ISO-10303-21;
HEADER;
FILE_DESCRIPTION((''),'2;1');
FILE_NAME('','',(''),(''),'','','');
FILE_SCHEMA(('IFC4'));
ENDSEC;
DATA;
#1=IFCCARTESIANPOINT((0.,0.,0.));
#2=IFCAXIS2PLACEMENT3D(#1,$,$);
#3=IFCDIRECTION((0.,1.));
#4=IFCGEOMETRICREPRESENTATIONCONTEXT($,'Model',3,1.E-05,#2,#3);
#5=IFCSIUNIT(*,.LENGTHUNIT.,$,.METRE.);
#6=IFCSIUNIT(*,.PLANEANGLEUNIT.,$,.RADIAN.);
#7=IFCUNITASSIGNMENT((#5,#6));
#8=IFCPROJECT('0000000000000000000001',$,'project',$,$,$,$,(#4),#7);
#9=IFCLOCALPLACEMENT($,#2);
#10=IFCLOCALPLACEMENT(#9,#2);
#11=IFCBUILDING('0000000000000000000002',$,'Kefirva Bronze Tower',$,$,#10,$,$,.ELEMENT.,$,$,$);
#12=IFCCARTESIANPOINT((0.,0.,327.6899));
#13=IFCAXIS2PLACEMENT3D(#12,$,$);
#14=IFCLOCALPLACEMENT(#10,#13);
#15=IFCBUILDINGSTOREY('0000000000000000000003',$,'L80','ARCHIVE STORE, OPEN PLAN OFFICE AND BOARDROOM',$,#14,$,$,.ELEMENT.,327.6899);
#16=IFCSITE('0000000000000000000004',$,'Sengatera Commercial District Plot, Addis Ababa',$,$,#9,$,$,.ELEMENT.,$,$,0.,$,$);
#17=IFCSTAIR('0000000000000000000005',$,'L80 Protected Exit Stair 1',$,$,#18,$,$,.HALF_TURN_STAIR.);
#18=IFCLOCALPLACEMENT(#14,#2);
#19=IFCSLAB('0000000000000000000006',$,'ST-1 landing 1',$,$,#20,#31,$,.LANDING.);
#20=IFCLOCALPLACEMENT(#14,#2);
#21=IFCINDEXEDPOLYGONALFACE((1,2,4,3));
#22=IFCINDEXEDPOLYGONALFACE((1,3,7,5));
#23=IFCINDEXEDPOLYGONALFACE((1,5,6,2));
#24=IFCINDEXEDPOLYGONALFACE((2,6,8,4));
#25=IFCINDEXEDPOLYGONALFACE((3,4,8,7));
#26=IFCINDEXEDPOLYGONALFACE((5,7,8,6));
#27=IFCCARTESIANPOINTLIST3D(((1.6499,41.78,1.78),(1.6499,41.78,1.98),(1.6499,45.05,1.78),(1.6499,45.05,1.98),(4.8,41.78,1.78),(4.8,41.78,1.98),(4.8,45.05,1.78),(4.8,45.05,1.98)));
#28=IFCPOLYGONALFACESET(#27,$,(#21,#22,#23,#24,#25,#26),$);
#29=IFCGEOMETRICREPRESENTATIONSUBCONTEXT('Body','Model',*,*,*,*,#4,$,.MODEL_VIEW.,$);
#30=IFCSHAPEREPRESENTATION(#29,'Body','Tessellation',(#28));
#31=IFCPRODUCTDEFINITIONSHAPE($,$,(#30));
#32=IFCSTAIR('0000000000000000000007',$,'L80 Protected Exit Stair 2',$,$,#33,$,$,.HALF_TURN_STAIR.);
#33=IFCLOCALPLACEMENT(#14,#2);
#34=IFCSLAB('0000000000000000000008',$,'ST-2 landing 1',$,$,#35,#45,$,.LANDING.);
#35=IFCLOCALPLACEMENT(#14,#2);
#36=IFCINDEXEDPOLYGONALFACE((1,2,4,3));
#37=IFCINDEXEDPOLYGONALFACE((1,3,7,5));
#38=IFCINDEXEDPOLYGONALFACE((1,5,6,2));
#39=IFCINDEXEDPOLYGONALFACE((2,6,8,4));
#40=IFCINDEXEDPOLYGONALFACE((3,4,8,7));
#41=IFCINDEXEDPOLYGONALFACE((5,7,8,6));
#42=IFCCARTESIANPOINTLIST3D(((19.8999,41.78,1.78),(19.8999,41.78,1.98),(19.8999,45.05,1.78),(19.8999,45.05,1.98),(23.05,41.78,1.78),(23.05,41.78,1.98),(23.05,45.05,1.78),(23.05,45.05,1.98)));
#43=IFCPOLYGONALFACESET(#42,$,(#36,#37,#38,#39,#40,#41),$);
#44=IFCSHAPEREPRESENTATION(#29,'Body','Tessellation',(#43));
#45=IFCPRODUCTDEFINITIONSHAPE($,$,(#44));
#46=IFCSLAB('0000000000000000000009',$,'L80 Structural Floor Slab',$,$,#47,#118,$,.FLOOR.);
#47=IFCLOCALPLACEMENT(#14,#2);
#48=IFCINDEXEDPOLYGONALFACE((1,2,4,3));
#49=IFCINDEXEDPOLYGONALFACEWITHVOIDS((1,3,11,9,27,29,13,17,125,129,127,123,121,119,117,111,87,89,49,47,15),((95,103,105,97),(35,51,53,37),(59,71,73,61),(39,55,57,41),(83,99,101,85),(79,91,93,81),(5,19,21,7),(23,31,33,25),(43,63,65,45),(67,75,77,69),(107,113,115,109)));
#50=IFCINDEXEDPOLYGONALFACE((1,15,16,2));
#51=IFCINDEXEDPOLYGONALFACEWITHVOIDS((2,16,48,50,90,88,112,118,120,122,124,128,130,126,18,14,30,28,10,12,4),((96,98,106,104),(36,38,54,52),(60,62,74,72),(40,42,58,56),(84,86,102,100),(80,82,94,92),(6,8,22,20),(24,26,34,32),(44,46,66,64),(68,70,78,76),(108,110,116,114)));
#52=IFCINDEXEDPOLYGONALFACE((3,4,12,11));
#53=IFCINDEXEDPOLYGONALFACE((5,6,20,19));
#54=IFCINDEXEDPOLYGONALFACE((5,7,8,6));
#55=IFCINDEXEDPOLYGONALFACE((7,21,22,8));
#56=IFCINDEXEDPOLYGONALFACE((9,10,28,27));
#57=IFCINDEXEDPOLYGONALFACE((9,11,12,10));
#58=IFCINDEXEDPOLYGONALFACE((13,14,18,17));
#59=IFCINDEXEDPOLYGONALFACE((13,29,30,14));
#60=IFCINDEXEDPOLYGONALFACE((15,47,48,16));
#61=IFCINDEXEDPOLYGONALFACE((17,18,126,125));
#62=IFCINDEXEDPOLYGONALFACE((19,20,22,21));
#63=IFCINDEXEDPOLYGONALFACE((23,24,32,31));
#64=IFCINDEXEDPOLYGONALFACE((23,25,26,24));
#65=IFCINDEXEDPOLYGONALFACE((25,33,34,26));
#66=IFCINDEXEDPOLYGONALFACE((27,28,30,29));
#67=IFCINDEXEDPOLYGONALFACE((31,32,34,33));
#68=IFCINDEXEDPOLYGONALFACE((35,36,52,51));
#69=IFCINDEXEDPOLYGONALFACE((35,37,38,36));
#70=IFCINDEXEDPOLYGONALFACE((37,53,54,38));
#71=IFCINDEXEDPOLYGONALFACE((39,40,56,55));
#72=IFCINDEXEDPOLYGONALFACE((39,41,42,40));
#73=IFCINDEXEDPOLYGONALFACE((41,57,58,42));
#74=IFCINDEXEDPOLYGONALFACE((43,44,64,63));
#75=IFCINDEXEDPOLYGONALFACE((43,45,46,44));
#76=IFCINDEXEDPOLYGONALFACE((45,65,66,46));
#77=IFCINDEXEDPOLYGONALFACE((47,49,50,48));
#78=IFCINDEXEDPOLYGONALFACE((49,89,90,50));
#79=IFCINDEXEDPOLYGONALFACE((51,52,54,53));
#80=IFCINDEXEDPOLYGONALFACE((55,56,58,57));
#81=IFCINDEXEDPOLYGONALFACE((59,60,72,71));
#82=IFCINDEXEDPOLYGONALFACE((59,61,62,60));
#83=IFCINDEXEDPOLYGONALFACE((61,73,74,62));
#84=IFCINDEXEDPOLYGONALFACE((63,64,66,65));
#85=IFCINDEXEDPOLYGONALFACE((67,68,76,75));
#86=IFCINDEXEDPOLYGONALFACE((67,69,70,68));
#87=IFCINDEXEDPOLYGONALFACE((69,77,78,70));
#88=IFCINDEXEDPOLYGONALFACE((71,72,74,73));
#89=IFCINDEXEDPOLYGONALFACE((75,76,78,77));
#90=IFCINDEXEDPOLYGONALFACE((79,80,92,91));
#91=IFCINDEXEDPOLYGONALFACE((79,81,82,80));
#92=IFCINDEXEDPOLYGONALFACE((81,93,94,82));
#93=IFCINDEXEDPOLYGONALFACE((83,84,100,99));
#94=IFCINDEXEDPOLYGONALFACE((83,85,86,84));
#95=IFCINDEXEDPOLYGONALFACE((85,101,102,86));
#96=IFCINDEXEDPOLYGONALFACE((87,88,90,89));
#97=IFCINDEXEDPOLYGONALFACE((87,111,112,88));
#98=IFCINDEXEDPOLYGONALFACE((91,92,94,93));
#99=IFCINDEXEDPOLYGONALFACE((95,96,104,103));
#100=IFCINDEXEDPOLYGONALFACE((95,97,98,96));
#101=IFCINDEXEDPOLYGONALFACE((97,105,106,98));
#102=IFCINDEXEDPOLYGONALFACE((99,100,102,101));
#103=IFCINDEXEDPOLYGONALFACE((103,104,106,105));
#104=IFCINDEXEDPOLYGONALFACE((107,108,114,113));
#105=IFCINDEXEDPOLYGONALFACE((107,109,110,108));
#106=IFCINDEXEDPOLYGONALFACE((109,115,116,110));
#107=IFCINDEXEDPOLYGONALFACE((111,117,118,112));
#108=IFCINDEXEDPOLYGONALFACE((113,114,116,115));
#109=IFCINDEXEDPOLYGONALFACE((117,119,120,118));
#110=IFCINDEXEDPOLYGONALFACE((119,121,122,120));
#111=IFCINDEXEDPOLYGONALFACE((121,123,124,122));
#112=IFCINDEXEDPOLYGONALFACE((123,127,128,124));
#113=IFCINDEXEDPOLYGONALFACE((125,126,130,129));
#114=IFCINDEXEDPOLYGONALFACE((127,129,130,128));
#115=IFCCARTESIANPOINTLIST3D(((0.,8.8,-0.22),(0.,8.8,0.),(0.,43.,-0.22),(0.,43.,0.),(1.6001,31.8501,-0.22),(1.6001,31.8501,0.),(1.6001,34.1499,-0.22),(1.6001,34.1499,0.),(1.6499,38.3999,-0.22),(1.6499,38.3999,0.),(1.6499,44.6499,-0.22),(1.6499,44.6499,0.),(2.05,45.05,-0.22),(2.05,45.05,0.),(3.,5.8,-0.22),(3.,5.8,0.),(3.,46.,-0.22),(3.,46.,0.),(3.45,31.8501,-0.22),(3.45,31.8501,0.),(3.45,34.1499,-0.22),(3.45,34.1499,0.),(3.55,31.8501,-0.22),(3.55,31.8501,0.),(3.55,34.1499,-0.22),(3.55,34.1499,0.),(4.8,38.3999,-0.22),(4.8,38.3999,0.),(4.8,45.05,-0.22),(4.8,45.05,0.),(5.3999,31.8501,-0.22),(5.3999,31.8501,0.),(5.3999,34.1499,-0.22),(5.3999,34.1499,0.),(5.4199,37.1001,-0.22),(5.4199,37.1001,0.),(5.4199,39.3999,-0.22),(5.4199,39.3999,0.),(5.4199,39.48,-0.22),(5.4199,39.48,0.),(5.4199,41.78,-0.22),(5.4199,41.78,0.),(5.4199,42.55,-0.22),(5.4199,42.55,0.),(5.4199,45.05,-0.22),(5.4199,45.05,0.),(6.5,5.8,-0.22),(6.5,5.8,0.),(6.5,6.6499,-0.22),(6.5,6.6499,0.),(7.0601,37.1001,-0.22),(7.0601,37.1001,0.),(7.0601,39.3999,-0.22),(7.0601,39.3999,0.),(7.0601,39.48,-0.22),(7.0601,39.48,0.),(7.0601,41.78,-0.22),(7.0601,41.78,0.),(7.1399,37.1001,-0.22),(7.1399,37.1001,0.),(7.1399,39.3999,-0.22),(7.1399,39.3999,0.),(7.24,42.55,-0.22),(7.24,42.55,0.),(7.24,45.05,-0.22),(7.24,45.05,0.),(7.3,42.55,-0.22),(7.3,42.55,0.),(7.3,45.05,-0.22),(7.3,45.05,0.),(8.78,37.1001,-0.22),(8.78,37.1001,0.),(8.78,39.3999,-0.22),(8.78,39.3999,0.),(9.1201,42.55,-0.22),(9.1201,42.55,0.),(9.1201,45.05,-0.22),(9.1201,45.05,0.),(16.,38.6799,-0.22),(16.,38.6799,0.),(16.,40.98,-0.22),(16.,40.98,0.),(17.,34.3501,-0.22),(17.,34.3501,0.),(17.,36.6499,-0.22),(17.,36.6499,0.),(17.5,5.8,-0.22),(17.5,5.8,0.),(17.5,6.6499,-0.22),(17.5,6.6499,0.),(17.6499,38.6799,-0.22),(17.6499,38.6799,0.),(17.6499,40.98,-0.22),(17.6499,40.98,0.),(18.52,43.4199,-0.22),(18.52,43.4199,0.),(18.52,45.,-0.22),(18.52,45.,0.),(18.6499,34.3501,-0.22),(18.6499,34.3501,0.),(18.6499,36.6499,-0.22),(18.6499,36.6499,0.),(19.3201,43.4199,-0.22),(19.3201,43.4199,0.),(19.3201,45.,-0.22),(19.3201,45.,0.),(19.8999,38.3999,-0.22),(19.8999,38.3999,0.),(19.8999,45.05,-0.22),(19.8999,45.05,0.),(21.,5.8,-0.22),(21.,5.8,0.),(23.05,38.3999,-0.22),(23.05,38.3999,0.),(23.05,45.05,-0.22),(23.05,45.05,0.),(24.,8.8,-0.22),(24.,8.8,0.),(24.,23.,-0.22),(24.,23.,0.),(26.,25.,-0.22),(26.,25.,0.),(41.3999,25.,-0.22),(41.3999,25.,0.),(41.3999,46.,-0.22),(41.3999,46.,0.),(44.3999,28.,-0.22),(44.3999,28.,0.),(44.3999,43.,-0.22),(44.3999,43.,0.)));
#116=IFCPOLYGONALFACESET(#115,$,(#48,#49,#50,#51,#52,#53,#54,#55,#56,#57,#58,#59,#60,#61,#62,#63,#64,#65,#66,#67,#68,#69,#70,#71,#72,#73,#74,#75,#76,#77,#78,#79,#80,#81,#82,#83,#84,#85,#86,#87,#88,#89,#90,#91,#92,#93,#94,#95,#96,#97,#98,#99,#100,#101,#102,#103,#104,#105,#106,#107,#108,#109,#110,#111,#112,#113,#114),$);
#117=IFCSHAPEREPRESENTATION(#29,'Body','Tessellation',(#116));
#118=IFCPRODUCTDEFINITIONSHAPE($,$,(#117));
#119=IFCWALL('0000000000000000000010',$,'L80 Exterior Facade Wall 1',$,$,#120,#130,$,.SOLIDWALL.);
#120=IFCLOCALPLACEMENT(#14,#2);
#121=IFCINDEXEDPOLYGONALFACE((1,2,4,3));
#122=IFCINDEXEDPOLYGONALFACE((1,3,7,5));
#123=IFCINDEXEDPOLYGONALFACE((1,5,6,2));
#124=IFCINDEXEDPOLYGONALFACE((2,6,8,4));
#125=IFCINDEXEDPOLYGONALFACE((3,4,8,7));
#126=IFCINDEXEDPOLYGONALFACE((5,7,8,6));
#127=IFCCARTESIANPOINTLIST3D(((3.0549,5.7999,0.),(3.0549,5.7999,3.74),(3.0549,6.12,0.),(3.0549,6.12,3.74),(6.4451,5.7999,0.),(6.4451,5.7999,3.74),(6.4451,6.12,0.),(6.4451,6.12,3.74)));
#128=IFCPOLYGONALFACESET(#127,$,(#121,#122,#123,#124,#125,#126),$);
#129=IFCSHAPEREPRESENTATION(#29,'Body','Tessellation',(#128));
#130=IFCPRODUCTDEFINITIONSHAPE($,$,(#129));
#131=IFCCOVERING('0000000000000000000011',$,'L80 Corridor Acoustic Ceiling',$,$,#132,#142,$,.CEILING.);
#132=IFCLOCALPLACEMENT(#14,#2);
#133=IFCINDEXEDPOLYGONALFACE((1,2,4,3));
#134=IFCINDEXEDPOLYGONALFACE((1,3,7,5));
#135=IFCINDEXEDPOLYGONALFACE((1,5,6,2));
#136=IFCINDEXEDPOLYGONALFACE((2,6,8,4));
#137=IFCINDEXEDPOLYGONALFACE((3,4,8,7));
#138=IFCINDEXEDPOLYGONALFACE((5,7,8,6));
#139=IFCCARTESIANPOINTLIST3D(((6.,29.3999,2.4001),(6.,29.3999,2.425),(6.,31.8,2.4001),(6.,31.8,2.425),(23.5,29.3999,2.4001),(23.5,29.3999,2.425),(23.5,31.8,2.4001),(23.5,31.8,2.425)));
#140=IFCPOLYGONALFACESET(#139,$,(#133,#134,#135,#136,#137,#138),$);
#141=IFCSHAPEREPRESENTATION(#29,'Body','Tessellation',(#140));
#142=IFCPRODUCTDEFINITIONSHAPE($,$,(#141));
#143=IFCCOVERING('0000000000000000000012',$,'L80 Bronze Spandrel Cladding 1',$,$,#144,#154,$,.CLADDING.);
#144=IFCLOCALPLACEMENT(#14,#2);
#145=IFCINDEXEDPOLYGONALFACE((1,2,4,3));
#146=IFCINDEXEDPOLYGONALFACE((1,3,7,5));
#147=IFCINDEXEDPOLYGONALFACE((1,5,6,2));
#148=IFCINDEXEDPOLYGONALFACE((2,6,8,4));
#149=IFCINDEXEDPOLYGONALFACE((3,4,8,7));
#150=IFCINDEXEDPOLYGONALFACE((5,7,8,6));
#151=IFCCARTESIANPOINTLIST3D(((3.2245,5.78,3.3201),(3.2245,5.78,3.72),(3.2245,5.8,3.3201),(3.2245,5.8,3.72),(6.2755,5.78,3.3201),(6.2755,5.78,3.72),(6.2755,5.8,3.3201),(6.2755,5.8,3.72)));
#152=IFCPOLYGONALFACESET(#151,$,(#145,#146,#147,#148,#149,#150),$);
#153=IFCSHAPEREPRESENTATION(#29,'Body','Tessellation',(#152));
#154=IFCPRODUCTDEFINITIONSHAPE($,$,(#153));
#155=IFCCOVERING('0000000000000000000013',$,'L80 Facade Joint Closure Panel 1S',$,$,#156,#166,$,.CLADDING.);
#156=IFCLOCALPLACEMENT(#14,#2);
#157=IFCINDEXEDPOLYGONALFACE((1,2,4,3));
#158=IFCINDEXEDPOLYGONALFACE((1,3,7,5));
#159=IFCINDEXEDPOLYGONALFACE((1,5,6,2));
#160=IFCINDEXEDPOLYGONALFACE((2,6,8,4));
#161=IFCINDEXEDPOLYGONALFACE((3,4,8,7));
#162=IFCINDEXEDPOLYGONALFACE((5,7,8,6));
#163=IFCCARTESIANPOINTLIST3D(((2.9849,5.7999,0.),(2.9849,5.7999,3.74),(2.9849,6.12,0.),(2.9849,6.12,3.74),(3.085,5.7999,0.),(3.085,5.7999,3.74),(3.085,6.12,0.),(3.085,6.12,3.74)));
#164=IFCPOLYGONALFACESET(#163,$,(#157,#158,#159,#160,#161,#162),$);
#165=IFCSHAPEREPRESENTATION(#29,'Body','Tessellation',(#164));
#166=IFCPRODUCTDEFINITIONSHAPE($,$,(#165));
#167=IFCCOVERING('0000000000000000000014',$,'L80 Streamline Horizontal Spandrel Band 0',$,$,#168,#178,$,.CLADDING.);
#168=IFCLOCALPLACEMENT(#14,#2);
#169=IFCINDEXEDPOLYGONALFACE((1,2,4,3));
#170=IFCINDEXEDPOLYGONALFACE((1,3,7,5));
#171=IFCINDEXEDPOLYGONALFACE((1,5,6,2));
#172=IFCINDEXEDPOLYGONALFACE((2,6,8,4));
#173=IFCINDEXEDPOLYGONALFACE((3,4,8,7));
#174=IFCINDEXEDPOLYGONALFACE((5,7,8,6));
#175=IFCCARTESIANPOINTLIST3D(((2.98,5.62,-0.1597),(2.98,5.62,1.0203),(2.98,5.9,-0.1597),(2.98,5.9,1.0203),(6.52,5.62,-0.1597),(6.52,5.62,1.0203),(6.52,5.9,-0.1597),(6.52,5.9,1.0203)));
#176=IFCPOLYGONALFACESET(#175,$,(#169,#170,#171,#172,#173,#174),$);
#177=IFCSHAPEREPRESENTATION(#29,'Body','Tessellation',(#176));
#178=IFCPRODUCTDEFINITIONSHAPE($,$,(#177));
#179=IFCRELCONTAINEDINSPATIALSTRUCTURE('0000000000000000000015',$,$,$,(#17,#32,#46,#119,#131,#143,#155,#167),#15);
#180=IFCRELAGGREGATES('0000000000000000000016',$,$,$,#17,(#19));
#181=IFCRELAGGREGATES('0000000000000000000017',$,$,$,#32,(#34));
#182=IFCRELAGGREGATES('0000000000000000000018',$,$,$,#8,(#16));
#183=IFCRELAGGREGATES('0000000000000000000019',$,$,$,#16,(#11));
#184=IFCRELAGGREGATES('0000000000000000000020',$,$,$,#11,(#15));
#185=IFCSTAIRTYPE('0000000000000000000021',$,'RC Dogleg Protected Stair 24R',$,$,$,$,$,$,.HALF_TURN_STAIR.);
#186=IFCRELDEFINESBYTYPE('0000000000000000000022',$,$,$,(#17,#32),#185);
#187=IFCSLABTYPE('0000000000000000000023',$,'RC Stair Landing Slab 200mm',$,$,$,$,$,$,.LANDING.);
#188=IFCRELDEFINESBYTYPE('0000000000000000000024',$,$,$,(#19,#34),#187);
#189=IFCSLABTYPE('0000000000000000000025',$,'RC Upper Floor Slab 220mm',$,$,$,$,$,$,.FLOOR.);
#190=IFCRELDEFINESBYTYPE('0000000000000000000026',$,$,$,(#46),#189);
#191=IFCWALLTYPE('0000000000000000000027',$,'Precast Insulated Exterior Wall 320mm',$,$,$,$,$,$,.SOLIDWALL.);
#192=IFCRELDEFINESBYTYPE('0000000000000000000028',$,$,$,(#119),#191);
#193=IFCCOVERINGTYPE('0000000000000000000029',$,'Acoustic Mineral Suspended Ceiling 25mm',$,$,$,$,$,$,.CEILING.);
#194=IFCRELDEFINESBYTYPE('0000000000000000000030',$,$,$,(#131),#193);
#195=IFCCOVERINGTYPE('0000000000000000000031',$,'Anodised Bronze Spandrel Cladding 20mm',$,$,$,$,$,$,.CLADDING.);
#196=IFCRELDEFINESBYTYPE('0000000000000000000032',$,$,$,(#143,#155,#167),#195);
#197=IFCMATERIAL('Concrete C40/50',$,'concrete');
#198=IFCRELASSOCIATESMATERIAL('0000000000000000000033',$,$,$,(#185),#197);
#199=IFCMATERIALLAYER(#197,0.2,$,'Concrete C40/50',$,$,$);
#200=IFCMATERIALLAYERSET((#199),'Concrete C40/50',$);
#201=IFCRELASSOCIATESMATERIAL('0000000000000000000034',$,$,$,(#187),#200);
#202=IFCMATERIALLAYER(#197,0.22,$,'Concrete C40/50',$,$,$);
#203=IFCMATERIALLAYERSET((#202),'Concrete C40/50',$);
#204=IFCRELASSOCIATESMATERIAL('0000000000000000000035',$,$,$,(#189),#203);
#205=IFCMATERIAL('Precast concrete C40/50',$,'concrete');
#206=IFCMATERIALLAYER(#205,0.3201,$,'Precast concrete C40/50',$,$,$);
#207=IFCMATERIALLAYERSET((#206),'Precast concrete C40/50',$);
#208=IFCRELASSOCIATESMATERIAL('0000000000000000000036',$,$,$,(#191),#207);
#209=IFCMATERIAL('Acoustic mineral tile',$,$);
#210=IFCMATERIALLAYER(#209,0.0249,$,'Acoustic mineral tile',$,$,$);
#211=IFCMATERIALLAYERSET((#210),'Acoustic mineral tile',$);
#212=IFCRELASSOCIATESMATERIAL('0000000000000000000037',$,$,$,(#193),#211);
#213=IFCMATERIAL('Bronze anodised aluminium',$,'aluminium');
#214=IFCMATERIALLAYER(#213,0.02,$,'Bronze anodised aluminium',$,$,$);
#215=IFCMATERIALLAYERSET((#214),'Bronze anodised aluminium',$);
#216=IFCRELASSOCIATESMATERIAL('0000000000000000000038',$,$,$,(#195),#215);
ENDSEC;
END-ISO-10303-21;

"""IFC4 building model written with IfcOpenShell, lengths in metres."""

from ifc_helpers import new_model, si_unit, direction, frame, frame_2d, origin, origin_2d, place, context, subcontext, project, spatial, polyline, rectangle, outline, extrude, material, layer, layer_set, type_object, element, aggregate, save


model = new_model("IFC4")

# Units and contexts
model_context = context("Model", 3, precision=1e-05, world=origin(), true_north=direction((0.0, 1.0)))
body_context = subcontext(model_context, "Body", "Model", "MODEL_VIEW")
ifc_project = project(units=[si_unit("LENGTHUNIT", "METRE"), si_unit("PLANEANGLEUNIT", "RADIAN")], contexts=[model_context])

# Site, building, storey
site_placement = place(None, origin())
site = spatial("IfcSite", under=ifc_project, at=site_placement, Name="Sengatera Commercial District Plot, Addis Ababa", CompositionType="ELEMENT", RefElevation=0.0)
building_placement = place(site_placement, origin())
building = spatial("IfcBuilding", under=site, at=building_placement, Name="Kefirva Bronze Tower", CompositionType="ELEMENT")
storey_placement = place(building_placement, frame((0.0, 0.0, 327.6899)))
storey = spatial("IfcBuildingStorey", under=building, at=storey_placement, Name="L80", Description="ARCHIVE STORE, OPEN PLAN OFFICE AND BOARDROOM", CompositionType="ELEMENT", Elevation=327.6899)

# Stairs, slabs
ifc_material_1 = material(Name="Concrete C40/50", Category="concrete")
stair_type = type_object("IfcStairType", Name="RC Dogleg Protected Stair 24R", PredefinedType="HALF_TURN_STAIR", material=ifc_material_1)
stair_1_placement = place(storey_placement, origin())
stair_1 = element("IfcStair", 1, at=stair_1_placement, inside=storey, type_object=stair_type, Name="L80 Protected Exit Stair 1", PredefinedType="HALF_TURN_STAIR")
ifc_layer_1 = layer(ifc_material_1, 0.2, Name="Concrete C40/50")
ifc_layer_set_1 = layer_set([ifc_layer_1], Name="Concrete C40/50")
slab_type_1 = type_object("IfcSlabType", Name="RC Stair Landing Slab 200mm", PredefinedType="LANDING", material=ifc_layer_set_1)
slab_1_placement = place(storey_placement, frame((0.0, 0.0, 1.78)))
slab_1 = element("IfcSlab", 2, at=slab_1_placement, type_object=slab_type_1, Name="ST-1 landing 1", PredefinedType="LANDING", context=body_context, shape_type="SweptSolid", body=[
    extrude(outline(polyline([(4.8, 41.78), (4.8, 45.05), (1.6499, 45.05), (1.6499, 41.78), (4.8, 41.78)])), origin(), (0.0, 0.0, 1.0), 0.2),
])
aggregate(stair_1, [slab_1])
stair_2_placement = place(storey_placement, origin())
stair_2 = element("IfcStair", 3, at=stair_2_placement, inside=storey, type_object=stair_type, Name="L80 Protected Exit Stair 2", PredefinedType="HALF_TURN_STAIR")
slab_2_placement = place(storey_placement, frame((0.0, 0.0, 1.78)))
slab_2 = element("IfcSlab", 4, at=slab_2_placement, type_object=slab_type_1, Name="ST-2 landing 1", PredefinedType="LANDING", context=body_context, shape_type="SweptSolid", body=[
    extrude(outline(polyline([(23.05, 41.78), (23.05, 45.05), (19.8999, 45.05), (19.8999, 41.78), (23.05, 41.78)])), origin(), (0.0, 0.0, 1.0), 0.2),
])
aggregate(stair_2, [slab_2])

# Slab
ifc_layer_2 = layer(ifc_material_1, 0.22, Name="Concrete C40/50")
ifc_layer_set_2 = layer_set([ifc_layer_2], Name="Concrete C40/50")
slab_type_2 = type_object("IfcSlabType", Name="RC Upper Floor Slab 220mm", PredefinedType="FLOOR", material=ifc_layer_set_2)
slab_3_placement = place(storey_placement, frame((0.0, 0.0, -0.22)))
element("IfcSlab", 5, at=slab_3_placement, inside=storey, type_object=slab_type_2, Name="L80 Structural Floor Slab", PredefinedType="FLOOR", context=body_context, shape_type="SweptSolid", body=[
    extrude(outline(polyline([(0.0, 8.8), (0.0, 43.0), (1.6499, 44.6499), (1.6499, 38.3999), (4.8, 38.3999), (4.8, 45.05), (2.05, 45.05), (3.0, 46.0), (41.3999, 46.0), (44.3999, 43.0), (44.3999, 28.0), (41.3999, 25.0), (26.0, 25.0), (24.0, 23.0), (24.0, 8.8), (21.0, 5.8), (17.5, 5.8), (17.5, 6.6499), (6.5, 6.6499), (6.5, 5.8), (3.0, 5.8), (0.0, 8.8)]), holes=[polyline([(23.05, 45.05), (19.8999, 45.05), (19.8999, 38.3999), (23.05, 38.3999), (23.05, 45.05)]), polyline([(19.3201, 43.4199), (19.3201, 45.0), (18.52, 45.0), (18.52, 43.4199), (19.3201, 43.4199)]), polyline([(18.6499, 36.6499), (17.0, 36.6499), (17.0, 34.3501), (18.6499, 34.3501), (18.6499, 36.6499)]), polyline([(17.6499, 38.6799), (17.6499, 40.98), (16.0, 40.98), (16.0, 38.6799), (17.6499, 38.6799)]), polyline([(9.1201, 42.55), (9.1201, 45.05), (7.3, 45.05), (7.3, 42.55), (9.1201, 42.55)]), polyline([(8.78, 37.1001), (8.78, 39.3999), (7.1399, 39.3999), (7.1399, 37.1001), (8.78, 37.1001)]), polyline([(7.24, 42.55), (7.24, 45.05), (5.4199, 45.05), (5.4199, 42.55), (7.24, 42.55)]), polyline([(7.0601, 37.1001), (7.0601, 39.3999), (5.4199, 39.3999), (5.4199, 37.1001), (7.0601, 37.1001)]), polyline([(7.0601, 41.78), (5.4199, 41.78), (5.4199, 39.48), (7.0601, 39.48), (7.0601, 41.78)]), polyline([(5.3999, 31.8501), (5.3999, 34.1499), (3.55, 34.1499), (3.55, 31.8501), (5.3999, 31.8501)]), polyline([(3.45, 34.1499), (1.6001, 34.1499), (1.6001, 31.8501), (3.45, 31.8501), (3.45, 34.1499)])]), origin(), (0.0, 0.0, 1.0), 0.22),
])

# Wall
ifc_material_2 = material(Name="Precast concrete C40/50", Category="concrete")
ifc_layer_3 = layer(ifc_material_2, 0.3201, Name="Precast concrete C40/50")
ifc_layer_set_3 = layer_set([ifc_layer_3], Name="Precast concrete C40/50")
wall_type = type_object("IfcWallType", Name="Precast Insulated Exterior Wall 320mm", PredefinedType="SOLIDWALL", material=ifc_layer_set_3)
wall_placement = place(storey_placement, frame((3.0549, 5.96, 0.0), z_axis=(0.0, 0.0, 1.0), x_axis=(1.0, 0.0, 0.0)))
element("IfcWall", 6, at=wall_placement, inside=storey, type_object=wall_type, Name="L80 Exterior Facade Wall 1", PredefinedType="SOLIDWALL", context=body_context, shape_type="SweptSolid", body=[
    extrude(rectangle(XDim=3.3901, YDim=0.3201, at=frame_2d((1.6951, 0.0))), origin(), (0.0, 0.0, 1.0), 3.74),
])

# Coverings
ifc_material_3 = material(Name="Acoustic mineral tile")
ifc_layer_4 = layer(ifc_material_3, 0.0249, Name="Acoustic mineral tile")
ifc_layer_set_4 = layer_set([ifc_layer_4], Name="Acoustic mineral tile")
covering_type_1 = type_object("IfcCoveringType", Name="Acoustic Mineral Suspended Ceiling 25mm", PredefinedType="CEILING", material=ifc_layer_set_4)
covering_1_placement = place(storey_placement, frame((0.0, 0.0, 2.4001)))
element("IfcCovering", 7, at=covering_1_placement, inside=storey, type_object=covering_type_1, Name="L80 Corridor Acoustic Ceiling", PredefinedType="CEILING", context=body_context, shape_type="SweptSolid", body=[
    extrude(outline(polyline([(6.0, 29.3999), (23.5, 29.3999), (23.5, 31.8), (6.0, 31.8), (6.0, 29.3999)])), origin(), (0.0, 0.0, 1.0), 0.0249),
])
ifc_material_4 = material(Name="Bronze anodised aluminium", Category="aluminium")
ifc_layer_5 = layer(ifc_material_4, 0.02, Name="Bronze anodised aluminium")
ifc_layer_set_5 = layer_set([ifc_layer_5], Name="Bronze anodised aluminium")
covering_type_2 = type_object("IfcCoveringType", Name="Anodised Bronze Spandrel Cladding 20mm", PredefinedType="CLADDING", material=ifc_layer_set_5)
covering_2_placement = place(storey_placement, frame((4.75, 5.79, 3.3201), z_axis=(0.0, 0.0, 1.0), x_axis=(1.0, 0.0, 0.0)))
element("IfcCovering", 8, at=covering_2_placement, inside=storey, type_object=covering_type_2, Name="L80 Bronze Spandrel Cladding 1", PredefinedType="CLADDING", context=body_context, shape_type="SweptSolid", body=[
    extrude(rectangle(XDim=3.051, YDim=0.02, at=origin_2d()), origin(), (0.0, 0.0, 1.0), 0.3999),
])
covering_3_placement = place(storey_placement, frame((3.0349, 5.96, 0.0), z_axis=(0.0, 0.0, 1.0), x_axis=(1.0, 0.0, 0.0)))
element("IfcCovering", 9, at=covering_3_placement, inside=storey, type_object=covering_type_2, Name="L80 Facade Joint Closure Panel 1S", PredefinedType="CLADDING", context=body_context, shape_type="SweptSolid", body=[
    extrude(rectangle(XDim=0.1001, YDim=0.3201, at=origin_2d()), origin(), (0.0, 0.0, 1.0), 3.74),
])
covering_4_placement = place(storey_placement, frame((4.75, 5.76, -0.1597), z_axis=(0.0, 0.0, 1.0), x_axis=(1.0, 0.0, 0.0)))
element("IfcCovering", 10, at=covering_4_placement, inside=storey, type_object=covering_type_2, Name="L80 Streamline Horizontal Spandrel Band 0", PredefinedType="CLADDING", context=body_context, shape_type="SweptSolid", body=[
    extrude(rectangle(XDim=3.54, YDim=0.28, at=origin_2d()), origin(), (0.0, 0.0, 1.0), 1.1799),
])

save(model, "model.ifc")
